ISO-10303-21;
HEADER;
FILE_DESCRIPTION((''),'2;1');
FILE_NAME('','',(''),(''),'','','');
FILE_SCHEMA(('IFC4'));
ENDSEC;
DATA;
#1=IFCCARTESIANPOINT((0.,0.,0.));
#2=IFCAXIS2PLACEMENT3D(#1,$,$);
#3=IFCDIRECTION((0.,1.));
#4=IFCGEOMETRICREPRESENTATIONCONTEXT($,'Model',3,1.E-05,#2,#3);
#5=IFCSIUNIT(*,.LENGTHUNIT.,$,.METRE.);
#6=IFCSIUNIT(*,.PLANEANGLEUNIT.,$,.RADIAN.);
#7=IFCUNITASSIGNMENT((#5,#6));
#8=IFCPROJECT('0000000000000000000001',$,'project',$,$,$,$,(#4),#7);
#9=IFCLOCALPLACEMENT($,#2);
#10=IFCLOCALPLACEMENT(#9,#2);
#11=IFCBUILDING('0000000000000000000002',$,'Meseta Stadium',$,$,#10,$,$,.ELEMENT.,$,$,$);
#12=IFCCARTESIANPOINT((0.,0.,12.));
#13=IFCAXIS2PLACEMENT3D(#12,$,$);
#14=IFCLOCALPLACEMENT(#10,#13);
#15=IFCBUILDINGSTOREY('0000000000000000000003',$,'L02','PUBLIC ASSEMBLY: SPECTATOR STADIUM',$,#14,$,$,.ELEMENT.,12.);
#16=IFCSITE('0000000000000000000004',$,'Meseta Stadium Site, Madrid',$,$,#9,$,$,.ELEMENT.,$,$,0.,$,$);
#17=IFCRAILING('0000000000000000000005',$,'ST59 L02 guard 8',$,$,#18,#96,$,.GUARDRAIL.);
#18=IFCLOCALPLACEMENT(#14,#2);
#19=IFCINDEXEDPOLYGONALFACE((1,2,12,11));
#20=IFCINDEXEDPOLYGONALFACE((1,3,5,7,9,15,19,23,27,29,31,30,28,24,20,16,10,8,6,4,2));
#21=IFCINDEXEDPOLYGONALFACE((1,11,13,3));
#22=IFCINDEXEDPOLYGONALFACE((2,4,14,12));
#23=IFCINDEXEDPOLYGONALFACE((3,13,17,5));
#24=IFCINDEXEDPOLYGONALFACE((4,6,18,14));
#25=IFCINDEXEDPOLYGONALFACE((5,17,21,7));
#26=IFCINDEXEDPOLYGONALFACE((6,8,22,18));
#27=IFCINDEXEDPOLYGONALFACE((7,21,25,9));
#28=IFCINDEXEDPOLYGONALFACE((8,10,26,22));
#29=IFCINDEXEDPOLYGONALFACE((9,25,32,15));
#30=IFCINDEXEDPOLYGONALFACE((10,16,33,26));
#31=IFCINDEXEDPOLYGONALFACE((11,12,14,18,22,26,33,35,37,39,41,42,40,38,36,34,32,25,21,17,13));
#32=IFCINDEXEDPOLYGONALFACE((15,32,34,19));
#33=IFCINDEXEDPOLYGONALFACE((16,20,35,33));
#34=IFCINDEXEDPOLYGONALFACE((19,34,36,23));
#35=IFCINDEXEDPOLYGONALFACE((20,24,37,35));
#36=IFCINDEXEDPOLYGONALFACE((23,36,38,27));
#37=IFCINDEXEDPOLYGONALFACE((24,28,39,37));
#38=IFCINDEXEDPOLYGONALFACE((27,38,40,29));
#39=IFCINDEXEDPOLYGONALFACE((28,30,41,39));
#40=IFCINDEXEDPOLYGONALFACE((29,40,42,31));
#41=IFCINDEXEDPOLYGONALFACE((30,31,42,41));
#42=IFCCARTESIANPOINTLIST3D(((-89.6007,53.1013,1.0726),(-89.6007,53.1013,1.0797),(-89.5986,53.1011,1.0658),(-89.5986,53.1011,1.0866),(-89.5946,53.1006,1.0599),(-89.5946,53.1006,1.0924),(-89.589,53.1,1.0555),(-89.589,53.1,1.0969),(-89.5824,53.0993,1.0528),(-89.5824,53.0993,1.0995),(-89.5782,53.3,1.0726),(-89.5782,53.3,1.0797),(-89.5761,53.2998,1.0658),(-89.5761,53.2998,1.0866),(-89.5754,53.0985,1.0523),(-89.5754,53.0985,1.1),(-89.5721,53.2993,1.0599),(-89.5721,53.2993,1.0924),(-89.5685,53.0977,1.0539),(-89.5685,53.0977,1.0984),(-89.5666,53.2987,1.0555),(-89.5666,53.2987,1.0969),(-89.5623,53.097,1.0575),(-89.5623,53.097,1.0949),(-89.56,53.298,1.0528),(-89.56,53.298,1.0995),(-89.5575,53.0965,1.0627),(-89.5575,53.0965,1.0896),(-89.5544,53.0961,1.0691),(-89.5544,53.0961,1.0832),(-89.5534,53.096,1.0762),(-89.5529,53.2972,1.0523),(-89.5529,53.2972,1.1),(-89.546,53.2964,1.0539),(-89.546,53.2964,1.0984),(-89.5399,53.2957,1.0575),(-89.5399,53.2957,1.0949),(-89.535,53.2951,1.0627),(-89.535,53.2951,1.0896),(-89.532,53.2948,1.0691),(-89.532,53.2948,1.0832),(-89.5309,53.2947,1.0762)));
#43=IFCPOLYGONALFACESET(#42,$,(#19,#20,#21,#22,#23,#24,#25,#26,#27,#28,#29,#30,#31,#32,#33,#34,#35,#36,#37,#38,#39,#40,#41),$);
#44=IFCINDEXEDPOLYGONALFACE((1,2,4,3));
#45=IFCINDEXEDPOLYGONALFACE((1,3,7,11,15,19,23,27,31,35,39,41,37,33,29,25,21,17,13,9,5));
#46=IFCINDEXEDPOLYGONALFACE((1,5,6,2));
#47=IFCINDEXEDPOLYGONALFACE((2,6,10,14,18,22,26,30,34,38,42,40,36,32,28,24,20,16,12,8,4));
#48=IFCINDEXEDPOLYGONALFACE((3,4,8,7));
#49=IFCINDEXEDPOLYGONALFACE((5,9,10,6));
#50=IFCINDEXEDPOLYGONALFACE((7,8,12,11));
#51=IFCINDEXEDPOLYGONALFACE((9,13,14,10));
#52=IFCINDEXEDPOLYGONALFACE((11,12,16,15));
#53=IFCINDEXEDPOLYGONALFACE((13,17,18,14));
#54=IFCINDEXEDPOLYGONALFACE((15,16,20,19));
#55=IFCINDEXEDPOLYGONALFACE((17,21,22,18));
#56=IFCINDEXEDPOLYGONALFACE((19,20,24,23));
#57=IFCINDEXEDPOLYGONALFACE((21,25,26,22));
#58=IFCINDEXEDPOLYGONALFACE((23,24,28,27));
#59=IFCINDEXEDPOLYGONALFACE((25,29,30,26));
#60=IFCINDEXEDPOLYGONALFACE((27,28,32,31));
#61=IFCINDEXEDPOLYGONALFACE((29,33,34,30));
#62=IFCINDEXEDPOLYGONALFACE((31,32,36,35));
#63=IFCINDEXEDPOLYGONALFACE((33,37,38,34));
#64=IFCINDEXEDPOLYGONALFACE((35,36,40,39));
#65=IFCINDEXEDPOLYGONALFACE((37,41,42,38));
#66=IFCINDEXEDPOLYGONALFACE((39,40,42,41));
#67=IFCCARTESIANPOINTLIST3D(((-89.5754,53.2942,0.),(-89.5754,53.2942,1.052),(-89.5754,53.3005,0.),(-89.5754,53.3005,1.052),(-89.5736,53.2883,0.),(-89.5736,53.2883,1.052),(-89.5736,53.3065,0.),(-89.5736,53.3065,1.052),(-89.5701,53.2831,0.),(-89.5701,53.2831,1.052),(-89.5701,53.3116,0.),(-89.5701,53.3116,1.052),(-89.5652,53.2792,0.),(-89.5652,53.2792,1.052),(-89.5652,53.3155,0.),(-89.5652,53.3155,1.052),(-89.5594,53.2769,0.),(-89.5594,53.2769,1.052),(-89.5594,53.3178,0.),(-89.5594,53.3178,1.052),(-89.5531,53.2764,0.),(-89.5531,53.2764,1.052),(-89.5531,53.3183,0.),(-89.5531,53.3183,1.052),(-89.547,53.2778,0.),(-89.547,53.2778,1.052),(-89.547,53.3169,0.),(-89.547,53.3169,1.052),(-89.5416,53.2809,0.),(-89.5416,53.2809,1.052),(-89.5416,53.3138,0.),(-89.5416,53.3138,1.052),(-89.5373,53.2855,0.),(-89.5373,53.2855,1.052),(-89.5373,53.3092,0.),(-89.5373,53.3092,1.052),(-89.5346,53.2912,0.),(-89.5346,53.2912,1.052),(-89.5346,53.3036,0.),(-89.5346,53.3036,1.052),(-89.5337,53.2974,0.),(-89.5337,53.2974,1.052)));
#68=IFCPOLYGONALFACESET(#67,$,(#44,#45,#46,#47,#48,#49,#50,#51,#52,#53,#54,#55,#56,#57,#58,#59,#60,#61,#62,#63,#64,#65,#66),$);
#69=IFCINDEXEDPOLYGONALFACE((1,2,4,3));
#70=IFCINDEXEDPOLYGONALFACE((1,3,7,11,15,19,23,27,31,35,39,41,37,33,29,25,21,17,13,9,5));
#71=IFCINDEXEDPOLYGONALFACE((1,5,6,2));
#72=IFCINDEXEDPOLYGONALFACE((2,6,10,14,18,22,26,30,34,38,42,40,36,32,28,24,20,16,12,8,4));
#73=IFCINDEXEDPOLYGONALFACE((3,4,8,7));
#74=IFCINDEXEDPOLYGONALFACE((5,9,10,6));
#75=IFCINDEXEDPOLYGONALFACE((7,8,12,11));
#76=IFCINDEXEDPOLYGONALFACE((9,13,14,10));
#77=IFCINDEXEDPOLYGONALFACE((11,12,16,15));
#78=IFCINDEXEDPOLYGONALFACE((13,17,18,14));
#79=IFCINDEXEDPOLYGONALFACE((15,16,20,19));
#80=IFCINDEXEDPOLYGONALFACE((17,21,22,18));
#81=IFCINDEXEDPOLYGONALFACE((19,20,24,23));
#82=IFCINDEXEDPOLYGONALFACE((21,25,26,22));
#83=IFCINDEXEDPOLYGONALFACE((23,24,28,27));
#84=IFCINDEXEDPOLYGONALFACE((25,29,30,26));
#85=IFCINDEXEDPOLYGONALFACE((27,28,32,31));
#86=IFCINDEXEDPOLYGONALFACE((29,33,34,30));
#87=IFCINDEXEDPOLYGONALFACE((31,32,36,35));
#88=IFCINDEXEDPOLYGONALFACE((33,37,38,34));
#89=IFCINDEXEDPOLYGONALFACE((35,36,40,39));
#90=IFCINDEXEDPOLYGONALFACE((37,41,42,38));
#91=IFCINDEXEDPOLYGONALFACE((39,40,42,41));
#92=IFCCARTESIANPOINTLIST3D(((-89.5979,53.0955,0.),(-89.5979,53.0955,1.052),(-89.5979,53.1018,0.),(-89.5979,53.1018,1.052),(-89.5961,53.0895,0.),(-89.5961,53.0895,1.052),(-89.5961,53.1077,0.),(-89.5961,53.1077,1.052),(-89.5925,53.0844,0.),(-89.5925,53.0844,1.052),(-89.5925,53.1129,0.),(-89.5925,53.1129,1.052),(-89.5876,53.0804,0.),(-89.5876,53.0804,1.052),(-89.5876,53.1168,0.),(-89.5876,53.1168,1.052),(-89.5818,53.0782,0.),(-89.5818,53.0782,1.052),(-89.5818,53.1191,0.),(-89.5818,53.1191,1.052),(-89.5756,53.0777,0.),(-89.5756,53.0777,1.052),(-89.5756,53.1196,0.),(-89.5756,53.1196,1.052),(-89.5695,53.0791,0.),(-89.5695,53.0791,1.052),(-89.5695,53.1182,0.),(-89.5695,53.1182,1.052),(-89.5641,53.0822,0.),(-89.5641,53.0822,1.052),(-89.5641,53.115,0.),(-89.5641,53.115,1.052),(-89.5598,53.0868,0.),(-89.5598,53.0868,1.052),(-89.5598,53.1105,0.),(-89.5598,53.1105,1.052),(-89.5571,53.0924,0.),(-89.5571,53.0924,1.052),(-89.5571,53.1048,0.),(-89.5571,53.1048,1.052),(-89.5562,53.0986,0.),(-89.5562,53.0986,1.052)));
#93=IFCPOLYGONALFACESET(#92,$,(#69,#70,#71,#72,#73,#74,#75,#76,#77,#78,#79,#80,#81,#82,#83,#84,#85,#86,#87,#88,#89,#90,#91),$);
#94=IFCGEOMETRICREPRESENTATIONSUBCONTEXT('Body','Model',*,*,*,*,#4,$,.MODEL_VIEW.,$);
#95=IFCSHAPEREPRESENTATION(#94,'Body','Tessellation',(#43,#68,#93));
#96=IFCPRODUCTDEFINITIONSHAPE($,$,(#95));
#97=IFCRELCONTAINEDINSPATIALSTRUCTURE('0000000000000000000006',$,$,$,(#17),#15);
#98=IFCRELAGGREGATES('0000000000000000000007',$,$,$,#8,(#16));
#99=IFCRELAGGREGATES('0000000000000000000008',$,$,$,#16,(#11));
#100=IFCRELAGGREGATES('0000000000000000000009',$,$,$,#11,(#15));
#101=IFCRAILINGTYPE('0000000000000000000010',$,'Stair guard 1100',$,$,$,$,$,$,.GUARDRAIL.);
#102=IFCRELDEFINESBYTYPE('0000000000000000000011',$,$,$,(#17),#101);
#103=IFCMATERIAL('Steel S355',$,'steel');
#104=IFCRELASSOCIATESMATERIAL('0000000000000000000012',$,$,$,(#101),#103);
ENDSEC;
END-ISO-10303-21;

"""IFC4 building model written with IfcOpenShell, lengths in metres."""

from ifc_helpers import new_model, si_unit, direction, frame, origin, origin_2d, place, context, subcontext, project, spatial, circle, extrude, material, type_object, element, save


model = new_model("IFC4")

# Units and contexts
model_context = context("Model", 3, precision=1e-05, world=origin(), true_north=direction((0.0, 1.0)))
body_context = subcontext(model_context, "Body", "Model", "MODEL_VIEW")
ifc_project = project(units=[si_unit("LENGTHUNIT", "METRE"), si_unit("PLANEANGLEUNIT", "RADIAN")], contexts=[model_context])

# Site, building, storey
site_placement = place(None, origin())
site = spatial("IfcSite", under=ifc_project, at=site_placement, Name="Meseta Stadium Site, Madrid", CompositionType="ELEMENT", RefElevation=0.0)
building_placement = place(site_placement, origin())
building = spatial("IfcBuilding", under=site, at=building_placement, Name="Meseta Stadium", CompositionType="ELEMENT")
storey_placement = place(building_placement, frame((0.0, 0.0, 12.0)))
storey = spatial("IfcBuildingStorey", under=building, at=storey_placement, Name="L02", Description="PUBLIC ASSEMBLY: SPECTATOR STADIUM", CompositionType="ELEMENT", Elevation=12.0)

# Railing
ifc_material_1 = material(Name="Steel S355", Category="steel")
railing_type_1 = type_object("IfcRailingType", Name="Stair guard 1100", PredefinedType="GUARDRAIL", material=ifc_material_1)
railing_1_placement = place(storey_placement, frame((-89.5547, 53.2974, 0.0)))
element("IfcRailing", 1, at=railing_1_placement, inside=storey, type_object=railing_type_1, Name="ST59 L02 guard 8", PredefinedType="GUARDRAIL", context=body_context, shape_type="SweptSolid", body=[
    extrude(circle(Radius=0.0239, at=origin_2d()), frame((0.0, 0.0, 1.0762), z_axis=(-0.112307, -0.993674, 0.0), x_axis=(0.993674, -0.112307, 0.0)), (0.0, 0.0, 1.0), 0.2),
    extrude(circle(Radius=0.021, at=origin_2d()), origin(), (0.0, 0.0, 1.0), 1.052),
    extrude(circle(Radius=0.021, at=origin_2d()), frame((-0.0225, -0.1987, 0.0)), (0.0, 0.0, 1.0), 1.052),
])

save(model, "model.ifc")
